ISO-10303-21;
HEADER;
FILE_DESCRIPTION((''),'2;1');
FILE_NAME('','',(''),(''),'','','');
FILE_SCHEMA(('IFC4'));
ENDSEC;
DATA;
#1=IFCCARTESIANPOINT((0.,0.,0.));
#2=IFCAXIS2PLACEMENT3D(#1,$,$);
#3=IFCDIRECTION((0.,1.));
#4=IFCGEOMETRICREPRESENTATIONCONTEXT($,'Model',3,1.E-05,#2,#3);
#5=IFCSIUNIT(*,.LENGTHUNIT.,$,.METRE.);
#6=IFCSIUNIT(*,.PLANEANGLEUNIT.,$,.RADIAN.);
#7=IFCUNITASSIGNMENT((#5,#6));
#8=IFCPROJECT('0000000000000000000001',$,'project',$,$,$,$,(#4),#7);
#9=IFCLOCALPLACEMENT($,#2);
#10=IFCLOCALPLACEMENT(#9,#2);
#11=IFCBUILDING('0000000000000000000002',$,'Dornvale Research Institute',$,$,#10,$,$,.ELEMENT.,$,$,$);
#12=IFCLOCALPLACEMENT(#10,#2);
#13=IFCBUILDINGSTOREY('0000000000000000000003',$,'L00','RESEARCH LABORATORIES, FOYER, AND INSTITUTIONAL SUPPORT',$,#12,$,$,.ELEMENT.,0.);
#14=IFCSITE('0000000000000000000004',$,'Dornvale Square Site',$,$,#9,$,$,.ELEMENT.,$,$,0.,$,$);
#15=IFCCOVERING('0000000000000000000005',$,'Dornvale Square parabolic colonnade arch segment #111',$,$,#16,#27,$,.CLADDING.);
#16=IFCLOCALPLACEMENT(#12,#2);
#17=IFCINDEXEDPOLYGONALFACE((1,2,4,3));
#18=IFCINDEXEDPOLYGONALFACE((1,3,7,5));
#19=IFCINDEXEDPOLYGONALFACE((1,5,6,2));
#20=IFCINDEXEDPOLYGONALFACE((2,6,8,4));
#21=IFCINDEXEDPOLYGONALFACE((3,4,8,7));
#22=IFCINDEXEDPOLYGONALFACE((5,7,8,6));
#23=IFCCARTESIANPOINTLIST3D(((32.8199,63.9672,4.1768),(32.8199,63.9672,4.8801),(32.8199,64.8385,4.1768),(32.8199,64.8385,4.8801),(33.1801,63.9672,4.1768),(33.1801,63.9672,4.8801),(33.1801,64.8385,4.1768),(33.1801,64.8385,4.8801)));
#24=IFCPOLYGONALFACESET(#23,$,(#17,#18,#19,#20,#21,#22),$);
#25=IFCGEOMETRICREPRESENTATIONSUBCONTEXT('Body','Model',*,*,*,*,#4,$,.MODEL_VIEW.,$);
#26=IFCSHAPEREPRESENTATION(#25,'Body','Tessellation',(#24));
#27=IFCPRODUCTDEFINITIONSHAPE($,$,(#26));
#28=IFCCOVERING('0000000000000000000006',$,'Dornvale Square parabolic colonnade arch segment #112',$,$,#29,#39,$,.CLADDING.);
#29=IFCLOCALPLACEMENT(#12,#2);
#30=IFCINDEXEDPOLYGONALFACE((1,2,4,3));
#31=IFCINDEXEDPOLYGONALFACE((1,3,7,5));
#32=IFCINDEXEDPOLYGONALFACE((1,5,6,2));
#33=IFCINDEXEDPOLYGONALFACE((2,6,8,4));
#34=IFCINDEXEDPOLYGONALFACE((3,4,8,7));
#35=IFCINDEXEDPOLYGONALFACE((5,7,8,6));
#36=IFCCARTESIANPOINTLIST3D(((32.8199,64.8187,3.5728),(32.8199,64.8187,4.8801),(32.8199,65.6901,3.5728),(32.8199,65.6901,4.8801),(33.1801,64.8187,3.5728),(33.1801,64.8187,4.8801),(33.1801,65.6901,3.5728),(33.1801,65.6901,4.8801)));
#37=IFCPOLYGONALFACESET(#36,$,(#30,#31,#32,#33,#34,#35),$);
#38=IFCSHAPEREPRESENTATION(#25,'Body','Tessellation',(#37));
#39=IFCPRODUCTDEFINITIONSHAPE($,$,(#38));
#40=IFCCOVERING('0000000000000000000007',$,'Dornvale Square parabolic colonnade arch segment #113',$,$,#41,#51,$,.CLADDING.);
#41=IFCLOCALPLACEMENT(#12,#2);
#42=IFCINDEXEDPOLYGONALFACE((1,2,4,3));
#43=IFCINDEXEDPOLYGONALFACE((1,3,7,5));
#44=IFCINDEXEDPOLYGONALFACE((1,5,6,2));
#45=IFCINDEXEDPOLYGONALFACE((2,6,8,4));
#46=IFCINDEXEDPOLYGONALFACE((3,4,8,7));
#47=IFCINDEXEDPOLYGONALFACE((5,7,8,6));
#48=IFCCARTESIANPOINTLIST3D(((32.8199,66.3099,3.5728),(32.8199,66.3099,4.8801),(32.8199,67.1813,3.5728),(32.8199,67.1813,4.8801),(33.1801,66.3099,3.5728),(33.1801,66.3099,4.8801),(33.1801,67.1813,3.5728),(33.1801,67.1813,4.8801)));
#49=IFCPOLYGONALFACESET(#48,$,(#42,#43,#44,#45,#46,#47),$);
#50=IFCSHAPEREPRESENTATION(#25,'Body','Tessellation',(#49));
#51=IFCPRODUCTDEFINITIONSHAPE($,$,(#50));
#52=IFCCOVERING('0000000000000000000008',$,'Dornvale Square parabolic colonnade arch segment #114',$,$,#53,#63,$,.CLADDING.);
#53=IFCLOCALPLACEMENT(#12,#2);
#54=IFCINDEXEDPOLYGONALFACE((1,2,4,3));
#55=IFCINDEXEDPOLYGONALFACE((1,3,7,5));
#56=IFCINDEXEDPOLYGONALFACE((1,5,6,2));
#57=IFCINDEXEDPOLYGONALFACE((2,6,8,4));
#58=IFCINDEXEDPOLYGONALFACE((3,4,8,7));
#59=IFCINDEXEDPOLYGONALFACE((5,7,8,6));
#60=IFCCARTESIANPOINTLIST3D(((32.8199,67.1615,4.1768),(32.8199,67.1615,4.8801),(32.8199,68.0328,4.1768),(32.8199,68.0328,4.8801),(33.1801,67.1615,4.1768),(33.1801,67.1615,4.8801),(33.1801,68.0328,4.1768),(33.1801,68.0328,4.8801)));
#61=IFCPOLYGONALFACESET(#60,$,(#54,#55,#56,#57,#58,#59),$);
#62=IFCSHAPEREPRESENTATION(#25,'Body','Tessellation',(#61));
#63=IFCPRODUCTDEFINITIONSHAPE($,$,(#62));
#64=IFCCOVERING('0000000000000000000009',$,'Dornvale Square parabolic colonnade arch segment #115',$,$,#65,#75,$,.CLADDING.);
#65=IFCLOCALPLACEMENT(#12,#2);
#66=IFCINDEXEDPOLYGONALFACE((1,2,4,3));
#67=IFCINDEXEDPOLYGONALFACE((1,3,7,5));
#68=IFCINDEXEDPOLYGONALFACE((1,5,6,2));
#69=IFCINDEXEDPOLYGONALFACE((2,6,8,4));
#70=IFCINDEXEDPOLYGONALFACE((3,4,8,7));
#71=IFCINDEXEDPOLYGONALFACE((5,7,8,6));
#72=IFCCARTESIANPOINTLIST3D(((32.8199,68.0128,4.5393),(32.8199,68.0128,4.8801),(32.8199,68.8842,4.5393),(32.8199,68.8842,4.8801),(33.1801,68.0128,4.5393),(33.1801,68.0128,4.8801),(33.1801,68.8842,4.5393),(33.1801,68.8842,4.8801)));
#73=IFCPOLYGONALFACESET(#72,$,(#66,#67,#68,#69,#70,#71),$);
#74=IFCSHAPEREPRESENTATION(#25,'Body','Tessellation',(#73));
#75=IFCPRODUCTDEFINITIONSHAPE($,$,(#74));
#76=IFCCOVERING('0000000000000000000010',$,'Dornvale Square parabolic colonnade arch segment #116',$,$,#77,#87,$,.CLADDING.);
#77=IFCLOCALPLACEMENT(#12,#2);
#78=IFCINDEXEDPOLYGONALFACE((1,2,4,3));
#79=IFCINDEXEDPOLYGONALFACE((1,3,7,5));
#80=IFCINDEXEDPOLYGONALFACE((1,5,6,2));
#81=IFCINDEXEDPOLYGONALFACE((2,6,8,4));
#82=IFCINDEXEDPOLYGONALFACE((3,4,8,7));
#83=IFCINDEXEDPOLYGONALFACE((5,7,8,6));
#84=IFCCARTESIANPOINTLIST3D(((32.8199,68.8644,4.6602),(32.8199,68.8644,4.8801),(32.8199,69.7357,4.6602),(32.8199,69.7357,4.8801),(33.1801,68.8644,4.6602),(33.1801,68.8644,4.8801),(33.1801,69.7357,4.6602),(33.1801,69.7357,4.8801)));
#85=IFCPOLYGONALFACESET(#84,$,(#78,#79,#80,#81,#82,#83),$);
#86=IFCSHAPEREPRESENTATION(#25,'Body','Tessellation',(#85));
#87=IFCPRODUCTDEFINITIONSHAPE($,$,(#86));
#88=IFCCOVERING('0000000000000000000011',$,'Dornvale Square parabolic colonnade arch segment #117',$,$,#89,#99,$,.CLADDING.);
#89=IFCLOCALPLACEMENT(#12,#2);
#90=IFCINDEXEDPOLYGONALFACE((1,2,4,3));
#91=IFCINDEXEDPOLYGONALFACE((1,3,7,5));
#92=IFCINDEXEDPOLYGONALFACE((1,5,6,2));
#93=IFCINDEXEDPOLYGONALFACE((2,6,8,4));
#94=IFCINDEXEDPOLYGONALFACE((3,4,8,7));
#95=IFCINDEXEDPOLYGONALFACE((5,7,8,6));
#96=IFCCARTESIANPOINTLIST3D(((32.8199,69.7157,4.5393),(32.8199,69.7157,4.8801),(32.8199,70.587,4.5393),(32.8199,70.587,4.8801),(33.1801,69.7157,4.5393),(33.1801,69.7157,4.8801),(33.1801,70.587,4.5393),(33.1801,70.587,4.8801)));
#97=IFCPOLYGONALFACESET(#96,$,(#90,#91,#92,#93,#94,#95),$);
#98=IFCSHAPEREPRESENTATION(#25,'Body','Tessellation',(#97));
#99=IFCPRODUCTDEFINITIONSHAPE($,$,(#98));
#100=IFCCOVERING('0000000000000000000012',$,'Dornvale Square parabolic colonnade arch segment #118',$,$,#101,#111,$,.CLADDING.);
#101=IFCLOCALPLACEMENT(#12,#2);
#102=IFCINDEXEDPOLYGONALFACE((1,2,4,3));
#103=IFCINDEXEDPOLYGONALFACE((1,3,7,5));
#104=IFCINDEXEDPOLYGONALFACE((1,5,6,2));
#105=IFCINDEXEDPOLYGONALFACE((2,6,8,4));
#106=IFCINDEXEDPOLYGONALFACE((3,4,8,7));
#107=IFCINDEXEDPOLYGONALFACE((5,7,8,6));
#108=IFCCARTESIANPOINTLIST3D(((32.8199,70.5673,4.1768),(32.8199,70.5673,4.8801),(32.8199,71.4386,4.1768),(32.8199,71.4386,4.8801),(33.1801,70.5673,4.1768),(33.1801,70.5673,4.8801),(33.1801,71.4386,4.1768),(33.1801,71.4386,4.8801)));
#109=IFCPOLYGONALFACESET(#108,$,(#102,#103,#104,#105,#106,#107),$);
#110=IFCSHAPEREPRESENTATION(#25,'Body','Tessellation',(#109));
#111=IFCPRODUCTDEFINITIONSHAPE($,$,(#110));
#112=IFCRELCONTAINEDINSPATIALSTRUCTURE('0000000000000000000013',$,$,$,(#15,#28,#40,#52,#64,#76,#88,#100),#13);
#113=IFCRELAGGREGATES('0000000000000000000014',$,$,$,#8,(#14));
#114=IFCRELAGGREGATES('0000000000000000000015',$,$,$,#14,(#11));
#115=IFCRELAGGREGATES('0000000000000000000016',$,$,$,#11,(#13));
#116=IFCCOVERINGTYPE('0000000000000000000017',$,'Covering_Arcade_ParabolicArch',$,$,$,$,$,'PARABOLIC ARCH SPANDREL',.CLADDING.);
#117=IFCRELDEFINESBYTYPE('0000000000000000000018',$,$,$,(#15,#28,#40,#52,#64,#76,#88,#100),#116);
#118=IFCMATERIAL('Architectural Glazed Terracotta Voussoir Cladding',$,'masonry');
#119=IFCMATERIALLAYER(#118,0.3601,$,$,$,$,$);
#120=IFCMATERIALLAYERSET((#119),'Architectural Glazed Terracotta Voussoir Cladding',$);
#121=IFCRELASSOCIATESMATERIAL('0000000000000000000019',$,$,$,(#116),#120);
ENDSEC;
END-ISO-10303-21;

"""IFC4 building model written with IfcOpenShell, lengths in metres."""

from ifc_helpers import new_model, si_unit, direction, frame, origin, origin_2d, place, context, subcontext, project, spatial, rectangle, extrude, material, layer, layer_set, type_object, element, save


model = new_model("IFC4")

# Units and contexts
model_context = context("Model", 3, precision=1e-05, world=origin(), true_north=direction((0.0, 1.0)))
body_context = subcontext(model_context, "Body", "Model", "MODEL_VIEW")
ifc_project = project(units=[si_unit("LENGTHUNIT", "METRE"), si_unit("PLANEANGLEUNIT", "RADIAN")], contexts=[model_context])

# Site, building, storey
site_placement = place(None, origin())
site = spatial("IfcSite", under=ifc_project, at=site_placement, Name="Dornvale Square Site", CompositionType="ELEMENT", RefElevation=0.0)
building_placement = place(site_placement, origin())
building = spatial("IfcBuilding", under=site, at=building_placement, Name="Dornvale Research Institute", CompositionType="ELEMENT")
storey_placement = place(building_placement, origin())
storey = spatial("IfcBuildingStorey", under=building, at=storey_placement, Name="L00", Description="RESEARCH LABORATORIES, FOYER, AND INSTITUTIONAL SUPPORT", CompositionType="ELEMENT", Elevation=0.0)

# Coverings
ifc_material_1 = material(Name="Architectural Glazed Terracotta Voussoir Cladding", Category="masonry")
ifc_layer = layer(ifc_material_1, 0.3601)
ifc_layer_set = layer_set([ifc_layer], Name="Architectural Glazed Terracotta Voussoir Cladding")
covering_type = type_object("IfcCoveringType", Name="Covering_Arcade_ParabolicArch", ElementType="PARABOLIC ARCH SPANDREL", PredefinedType="CLADDING", material=ifc_layer_set)
covering_1_placement = place(storey_placement, frame((33.0, 64.4028, 4.1768), z_axis=(0.0, 0.0, 1.0), x_axis=(0.0, 1.0, 0.0)))
element("IfcCovering", 1, at=covering_1_placement, inside=storey, type_object=covering_type, Name="Dornvale Square parabolic colonnade arch segment #111", PredefinedType="CLADDING", context=body_context, shape_type="SweptSolid", body=[
    extrude(rectangle(XDim=0.8713, YDim=0.3601, at=origin_2d()), origin(), (0.0, 0.0, 1.0), 0.7034),
])
for number, where, z_axis, x_axis, name in (
    (2, (33.0, 65.2544, 3.5728), (0.0, 0.0, 1.0), (0.0, 1.0, 0.0), "Dornvale Square parabolic colonnade arch segment #112"),
    (3, (33.0, 66.7456, 3.5728), (0.0, 0.0, 1.0), (0.0, 1.0, 0.0), "Dornvale Square parabolic colonnade arch segment #113"),
):
    element("IfcCovering", number, at=place(storey_placement, frame(where, z_axis=z_axis, x_axis=x_axis)), inside=storey, type_object=covering_type, Name=name, PredefinedType="CLADDING", context=body_context, shape_type="SweptSolid", body=[
        extrude(rectangle(XDim=0.8713, YDim=0.3601, at=origin_2d()), origin(), (0.0, 0.0, 1.0), 1.3074),
    ])
covering_2_placement = place(storey_placement, frame((33.0, 67.5972, 4.1768), z_axis=(0.0, 0.0, 1.0), x_axis=(0.0, 1.0, 0.0)))
element("IfcCovering", 4, at=covering_2_placement, inside=storey, type_object=covering_type, Name="Dornvale Square parabolic colonnade arch segment #114", PredefinedType="CLADDING", context=body_context, shape_type="SweptSolid", body=[
    extrude(rectangle(XDim=0.8713, YDim=0.3601, at=origin_2d()), origin(), (0.0, 0.0, 1.0), 0.7034),
])
covering_3_placement = place(storey_placement, frame((33.0, 68.4485, 4.5393), z_axis=(0.0, 0.0, 1.0), x_axis=(0.0, 1.0, 0.0)))
element("IfcCovering", 5, at=covering_3_placement, inside=storey, type_object=covering_type, Name="Dornvale Square parabolic colonnade arch segment #115", PredefinedType="CLADDING", context=body_context, shape_type="SweptSolid", body=[
    extrude(rectangle(XDim=0.8713, YDim=0.3601, at=origin_2d()), origin(), (0.0, 0.0, 1.0), 0.3408),
])
covering_4_placement = place(storey_placement, frame((33.0, 69.3, 4.6602), z_axis=(0.0, 0.0, 1.0), x_axis=(0.0, 1.0, 0.0)))
element("IfcCovering", 6, at=covering_4_placement, inside=storey, type_object=covering_type, Name="Dornvale Square parabolic colonnade arch segment #116", PredefinedType="CLADDING", context=body_context, shape_type="SweptSolid", body=[
    extrude(rectangle(XDim=0.8713, YDim=0.3601, at=origin_2d()), origin(), (0.0, 0.0, 1.0), 0.22),
])
covering_5_placement = place(storey_placement, frame((33.0, 70.1514, 4.5393), z_axis=(0.0, 0.0, 1.0), x_axis=(0.0, 1.0, 0.0)))
element("IfcCovering", 7, at=covering_5_placement, inside=storey, type_object=covering_type, Name="Dornvale Square parabolic colonnade arch segment #117", PredefinedType="CLADDING", context=body_context, shape_type="SweptSolid", body=[
    extrude(rectangle(XDim=0.8713, YDim=0.3601, at=origin_2d()), origin(), (0.0, 0.0, 1.0), 0.3408),
])
covering_6_placement = place(storey_placement, frame((33.0, 71.0029, 4.1768), z_axis=(0.0, 0.0, 1.0), x_axis=(0.0, 1.0, 0.0)))
element("IfcCovering", 8, at=covering_6_placement, inside=storey, type_object=covering_type, Name="Dornvale Square parabolic colonnade arch segment #118", PredefinedType="CLADDING", context=body_context, shape_type="SweptSolid", body=[
    extrude(rectangle(XDim=0.8713, YDim=0.3601, at=origin_2d()), origin(), (0.0, 0.0, 1.0), 0.7034),
])

save(model, "model.ifc")
